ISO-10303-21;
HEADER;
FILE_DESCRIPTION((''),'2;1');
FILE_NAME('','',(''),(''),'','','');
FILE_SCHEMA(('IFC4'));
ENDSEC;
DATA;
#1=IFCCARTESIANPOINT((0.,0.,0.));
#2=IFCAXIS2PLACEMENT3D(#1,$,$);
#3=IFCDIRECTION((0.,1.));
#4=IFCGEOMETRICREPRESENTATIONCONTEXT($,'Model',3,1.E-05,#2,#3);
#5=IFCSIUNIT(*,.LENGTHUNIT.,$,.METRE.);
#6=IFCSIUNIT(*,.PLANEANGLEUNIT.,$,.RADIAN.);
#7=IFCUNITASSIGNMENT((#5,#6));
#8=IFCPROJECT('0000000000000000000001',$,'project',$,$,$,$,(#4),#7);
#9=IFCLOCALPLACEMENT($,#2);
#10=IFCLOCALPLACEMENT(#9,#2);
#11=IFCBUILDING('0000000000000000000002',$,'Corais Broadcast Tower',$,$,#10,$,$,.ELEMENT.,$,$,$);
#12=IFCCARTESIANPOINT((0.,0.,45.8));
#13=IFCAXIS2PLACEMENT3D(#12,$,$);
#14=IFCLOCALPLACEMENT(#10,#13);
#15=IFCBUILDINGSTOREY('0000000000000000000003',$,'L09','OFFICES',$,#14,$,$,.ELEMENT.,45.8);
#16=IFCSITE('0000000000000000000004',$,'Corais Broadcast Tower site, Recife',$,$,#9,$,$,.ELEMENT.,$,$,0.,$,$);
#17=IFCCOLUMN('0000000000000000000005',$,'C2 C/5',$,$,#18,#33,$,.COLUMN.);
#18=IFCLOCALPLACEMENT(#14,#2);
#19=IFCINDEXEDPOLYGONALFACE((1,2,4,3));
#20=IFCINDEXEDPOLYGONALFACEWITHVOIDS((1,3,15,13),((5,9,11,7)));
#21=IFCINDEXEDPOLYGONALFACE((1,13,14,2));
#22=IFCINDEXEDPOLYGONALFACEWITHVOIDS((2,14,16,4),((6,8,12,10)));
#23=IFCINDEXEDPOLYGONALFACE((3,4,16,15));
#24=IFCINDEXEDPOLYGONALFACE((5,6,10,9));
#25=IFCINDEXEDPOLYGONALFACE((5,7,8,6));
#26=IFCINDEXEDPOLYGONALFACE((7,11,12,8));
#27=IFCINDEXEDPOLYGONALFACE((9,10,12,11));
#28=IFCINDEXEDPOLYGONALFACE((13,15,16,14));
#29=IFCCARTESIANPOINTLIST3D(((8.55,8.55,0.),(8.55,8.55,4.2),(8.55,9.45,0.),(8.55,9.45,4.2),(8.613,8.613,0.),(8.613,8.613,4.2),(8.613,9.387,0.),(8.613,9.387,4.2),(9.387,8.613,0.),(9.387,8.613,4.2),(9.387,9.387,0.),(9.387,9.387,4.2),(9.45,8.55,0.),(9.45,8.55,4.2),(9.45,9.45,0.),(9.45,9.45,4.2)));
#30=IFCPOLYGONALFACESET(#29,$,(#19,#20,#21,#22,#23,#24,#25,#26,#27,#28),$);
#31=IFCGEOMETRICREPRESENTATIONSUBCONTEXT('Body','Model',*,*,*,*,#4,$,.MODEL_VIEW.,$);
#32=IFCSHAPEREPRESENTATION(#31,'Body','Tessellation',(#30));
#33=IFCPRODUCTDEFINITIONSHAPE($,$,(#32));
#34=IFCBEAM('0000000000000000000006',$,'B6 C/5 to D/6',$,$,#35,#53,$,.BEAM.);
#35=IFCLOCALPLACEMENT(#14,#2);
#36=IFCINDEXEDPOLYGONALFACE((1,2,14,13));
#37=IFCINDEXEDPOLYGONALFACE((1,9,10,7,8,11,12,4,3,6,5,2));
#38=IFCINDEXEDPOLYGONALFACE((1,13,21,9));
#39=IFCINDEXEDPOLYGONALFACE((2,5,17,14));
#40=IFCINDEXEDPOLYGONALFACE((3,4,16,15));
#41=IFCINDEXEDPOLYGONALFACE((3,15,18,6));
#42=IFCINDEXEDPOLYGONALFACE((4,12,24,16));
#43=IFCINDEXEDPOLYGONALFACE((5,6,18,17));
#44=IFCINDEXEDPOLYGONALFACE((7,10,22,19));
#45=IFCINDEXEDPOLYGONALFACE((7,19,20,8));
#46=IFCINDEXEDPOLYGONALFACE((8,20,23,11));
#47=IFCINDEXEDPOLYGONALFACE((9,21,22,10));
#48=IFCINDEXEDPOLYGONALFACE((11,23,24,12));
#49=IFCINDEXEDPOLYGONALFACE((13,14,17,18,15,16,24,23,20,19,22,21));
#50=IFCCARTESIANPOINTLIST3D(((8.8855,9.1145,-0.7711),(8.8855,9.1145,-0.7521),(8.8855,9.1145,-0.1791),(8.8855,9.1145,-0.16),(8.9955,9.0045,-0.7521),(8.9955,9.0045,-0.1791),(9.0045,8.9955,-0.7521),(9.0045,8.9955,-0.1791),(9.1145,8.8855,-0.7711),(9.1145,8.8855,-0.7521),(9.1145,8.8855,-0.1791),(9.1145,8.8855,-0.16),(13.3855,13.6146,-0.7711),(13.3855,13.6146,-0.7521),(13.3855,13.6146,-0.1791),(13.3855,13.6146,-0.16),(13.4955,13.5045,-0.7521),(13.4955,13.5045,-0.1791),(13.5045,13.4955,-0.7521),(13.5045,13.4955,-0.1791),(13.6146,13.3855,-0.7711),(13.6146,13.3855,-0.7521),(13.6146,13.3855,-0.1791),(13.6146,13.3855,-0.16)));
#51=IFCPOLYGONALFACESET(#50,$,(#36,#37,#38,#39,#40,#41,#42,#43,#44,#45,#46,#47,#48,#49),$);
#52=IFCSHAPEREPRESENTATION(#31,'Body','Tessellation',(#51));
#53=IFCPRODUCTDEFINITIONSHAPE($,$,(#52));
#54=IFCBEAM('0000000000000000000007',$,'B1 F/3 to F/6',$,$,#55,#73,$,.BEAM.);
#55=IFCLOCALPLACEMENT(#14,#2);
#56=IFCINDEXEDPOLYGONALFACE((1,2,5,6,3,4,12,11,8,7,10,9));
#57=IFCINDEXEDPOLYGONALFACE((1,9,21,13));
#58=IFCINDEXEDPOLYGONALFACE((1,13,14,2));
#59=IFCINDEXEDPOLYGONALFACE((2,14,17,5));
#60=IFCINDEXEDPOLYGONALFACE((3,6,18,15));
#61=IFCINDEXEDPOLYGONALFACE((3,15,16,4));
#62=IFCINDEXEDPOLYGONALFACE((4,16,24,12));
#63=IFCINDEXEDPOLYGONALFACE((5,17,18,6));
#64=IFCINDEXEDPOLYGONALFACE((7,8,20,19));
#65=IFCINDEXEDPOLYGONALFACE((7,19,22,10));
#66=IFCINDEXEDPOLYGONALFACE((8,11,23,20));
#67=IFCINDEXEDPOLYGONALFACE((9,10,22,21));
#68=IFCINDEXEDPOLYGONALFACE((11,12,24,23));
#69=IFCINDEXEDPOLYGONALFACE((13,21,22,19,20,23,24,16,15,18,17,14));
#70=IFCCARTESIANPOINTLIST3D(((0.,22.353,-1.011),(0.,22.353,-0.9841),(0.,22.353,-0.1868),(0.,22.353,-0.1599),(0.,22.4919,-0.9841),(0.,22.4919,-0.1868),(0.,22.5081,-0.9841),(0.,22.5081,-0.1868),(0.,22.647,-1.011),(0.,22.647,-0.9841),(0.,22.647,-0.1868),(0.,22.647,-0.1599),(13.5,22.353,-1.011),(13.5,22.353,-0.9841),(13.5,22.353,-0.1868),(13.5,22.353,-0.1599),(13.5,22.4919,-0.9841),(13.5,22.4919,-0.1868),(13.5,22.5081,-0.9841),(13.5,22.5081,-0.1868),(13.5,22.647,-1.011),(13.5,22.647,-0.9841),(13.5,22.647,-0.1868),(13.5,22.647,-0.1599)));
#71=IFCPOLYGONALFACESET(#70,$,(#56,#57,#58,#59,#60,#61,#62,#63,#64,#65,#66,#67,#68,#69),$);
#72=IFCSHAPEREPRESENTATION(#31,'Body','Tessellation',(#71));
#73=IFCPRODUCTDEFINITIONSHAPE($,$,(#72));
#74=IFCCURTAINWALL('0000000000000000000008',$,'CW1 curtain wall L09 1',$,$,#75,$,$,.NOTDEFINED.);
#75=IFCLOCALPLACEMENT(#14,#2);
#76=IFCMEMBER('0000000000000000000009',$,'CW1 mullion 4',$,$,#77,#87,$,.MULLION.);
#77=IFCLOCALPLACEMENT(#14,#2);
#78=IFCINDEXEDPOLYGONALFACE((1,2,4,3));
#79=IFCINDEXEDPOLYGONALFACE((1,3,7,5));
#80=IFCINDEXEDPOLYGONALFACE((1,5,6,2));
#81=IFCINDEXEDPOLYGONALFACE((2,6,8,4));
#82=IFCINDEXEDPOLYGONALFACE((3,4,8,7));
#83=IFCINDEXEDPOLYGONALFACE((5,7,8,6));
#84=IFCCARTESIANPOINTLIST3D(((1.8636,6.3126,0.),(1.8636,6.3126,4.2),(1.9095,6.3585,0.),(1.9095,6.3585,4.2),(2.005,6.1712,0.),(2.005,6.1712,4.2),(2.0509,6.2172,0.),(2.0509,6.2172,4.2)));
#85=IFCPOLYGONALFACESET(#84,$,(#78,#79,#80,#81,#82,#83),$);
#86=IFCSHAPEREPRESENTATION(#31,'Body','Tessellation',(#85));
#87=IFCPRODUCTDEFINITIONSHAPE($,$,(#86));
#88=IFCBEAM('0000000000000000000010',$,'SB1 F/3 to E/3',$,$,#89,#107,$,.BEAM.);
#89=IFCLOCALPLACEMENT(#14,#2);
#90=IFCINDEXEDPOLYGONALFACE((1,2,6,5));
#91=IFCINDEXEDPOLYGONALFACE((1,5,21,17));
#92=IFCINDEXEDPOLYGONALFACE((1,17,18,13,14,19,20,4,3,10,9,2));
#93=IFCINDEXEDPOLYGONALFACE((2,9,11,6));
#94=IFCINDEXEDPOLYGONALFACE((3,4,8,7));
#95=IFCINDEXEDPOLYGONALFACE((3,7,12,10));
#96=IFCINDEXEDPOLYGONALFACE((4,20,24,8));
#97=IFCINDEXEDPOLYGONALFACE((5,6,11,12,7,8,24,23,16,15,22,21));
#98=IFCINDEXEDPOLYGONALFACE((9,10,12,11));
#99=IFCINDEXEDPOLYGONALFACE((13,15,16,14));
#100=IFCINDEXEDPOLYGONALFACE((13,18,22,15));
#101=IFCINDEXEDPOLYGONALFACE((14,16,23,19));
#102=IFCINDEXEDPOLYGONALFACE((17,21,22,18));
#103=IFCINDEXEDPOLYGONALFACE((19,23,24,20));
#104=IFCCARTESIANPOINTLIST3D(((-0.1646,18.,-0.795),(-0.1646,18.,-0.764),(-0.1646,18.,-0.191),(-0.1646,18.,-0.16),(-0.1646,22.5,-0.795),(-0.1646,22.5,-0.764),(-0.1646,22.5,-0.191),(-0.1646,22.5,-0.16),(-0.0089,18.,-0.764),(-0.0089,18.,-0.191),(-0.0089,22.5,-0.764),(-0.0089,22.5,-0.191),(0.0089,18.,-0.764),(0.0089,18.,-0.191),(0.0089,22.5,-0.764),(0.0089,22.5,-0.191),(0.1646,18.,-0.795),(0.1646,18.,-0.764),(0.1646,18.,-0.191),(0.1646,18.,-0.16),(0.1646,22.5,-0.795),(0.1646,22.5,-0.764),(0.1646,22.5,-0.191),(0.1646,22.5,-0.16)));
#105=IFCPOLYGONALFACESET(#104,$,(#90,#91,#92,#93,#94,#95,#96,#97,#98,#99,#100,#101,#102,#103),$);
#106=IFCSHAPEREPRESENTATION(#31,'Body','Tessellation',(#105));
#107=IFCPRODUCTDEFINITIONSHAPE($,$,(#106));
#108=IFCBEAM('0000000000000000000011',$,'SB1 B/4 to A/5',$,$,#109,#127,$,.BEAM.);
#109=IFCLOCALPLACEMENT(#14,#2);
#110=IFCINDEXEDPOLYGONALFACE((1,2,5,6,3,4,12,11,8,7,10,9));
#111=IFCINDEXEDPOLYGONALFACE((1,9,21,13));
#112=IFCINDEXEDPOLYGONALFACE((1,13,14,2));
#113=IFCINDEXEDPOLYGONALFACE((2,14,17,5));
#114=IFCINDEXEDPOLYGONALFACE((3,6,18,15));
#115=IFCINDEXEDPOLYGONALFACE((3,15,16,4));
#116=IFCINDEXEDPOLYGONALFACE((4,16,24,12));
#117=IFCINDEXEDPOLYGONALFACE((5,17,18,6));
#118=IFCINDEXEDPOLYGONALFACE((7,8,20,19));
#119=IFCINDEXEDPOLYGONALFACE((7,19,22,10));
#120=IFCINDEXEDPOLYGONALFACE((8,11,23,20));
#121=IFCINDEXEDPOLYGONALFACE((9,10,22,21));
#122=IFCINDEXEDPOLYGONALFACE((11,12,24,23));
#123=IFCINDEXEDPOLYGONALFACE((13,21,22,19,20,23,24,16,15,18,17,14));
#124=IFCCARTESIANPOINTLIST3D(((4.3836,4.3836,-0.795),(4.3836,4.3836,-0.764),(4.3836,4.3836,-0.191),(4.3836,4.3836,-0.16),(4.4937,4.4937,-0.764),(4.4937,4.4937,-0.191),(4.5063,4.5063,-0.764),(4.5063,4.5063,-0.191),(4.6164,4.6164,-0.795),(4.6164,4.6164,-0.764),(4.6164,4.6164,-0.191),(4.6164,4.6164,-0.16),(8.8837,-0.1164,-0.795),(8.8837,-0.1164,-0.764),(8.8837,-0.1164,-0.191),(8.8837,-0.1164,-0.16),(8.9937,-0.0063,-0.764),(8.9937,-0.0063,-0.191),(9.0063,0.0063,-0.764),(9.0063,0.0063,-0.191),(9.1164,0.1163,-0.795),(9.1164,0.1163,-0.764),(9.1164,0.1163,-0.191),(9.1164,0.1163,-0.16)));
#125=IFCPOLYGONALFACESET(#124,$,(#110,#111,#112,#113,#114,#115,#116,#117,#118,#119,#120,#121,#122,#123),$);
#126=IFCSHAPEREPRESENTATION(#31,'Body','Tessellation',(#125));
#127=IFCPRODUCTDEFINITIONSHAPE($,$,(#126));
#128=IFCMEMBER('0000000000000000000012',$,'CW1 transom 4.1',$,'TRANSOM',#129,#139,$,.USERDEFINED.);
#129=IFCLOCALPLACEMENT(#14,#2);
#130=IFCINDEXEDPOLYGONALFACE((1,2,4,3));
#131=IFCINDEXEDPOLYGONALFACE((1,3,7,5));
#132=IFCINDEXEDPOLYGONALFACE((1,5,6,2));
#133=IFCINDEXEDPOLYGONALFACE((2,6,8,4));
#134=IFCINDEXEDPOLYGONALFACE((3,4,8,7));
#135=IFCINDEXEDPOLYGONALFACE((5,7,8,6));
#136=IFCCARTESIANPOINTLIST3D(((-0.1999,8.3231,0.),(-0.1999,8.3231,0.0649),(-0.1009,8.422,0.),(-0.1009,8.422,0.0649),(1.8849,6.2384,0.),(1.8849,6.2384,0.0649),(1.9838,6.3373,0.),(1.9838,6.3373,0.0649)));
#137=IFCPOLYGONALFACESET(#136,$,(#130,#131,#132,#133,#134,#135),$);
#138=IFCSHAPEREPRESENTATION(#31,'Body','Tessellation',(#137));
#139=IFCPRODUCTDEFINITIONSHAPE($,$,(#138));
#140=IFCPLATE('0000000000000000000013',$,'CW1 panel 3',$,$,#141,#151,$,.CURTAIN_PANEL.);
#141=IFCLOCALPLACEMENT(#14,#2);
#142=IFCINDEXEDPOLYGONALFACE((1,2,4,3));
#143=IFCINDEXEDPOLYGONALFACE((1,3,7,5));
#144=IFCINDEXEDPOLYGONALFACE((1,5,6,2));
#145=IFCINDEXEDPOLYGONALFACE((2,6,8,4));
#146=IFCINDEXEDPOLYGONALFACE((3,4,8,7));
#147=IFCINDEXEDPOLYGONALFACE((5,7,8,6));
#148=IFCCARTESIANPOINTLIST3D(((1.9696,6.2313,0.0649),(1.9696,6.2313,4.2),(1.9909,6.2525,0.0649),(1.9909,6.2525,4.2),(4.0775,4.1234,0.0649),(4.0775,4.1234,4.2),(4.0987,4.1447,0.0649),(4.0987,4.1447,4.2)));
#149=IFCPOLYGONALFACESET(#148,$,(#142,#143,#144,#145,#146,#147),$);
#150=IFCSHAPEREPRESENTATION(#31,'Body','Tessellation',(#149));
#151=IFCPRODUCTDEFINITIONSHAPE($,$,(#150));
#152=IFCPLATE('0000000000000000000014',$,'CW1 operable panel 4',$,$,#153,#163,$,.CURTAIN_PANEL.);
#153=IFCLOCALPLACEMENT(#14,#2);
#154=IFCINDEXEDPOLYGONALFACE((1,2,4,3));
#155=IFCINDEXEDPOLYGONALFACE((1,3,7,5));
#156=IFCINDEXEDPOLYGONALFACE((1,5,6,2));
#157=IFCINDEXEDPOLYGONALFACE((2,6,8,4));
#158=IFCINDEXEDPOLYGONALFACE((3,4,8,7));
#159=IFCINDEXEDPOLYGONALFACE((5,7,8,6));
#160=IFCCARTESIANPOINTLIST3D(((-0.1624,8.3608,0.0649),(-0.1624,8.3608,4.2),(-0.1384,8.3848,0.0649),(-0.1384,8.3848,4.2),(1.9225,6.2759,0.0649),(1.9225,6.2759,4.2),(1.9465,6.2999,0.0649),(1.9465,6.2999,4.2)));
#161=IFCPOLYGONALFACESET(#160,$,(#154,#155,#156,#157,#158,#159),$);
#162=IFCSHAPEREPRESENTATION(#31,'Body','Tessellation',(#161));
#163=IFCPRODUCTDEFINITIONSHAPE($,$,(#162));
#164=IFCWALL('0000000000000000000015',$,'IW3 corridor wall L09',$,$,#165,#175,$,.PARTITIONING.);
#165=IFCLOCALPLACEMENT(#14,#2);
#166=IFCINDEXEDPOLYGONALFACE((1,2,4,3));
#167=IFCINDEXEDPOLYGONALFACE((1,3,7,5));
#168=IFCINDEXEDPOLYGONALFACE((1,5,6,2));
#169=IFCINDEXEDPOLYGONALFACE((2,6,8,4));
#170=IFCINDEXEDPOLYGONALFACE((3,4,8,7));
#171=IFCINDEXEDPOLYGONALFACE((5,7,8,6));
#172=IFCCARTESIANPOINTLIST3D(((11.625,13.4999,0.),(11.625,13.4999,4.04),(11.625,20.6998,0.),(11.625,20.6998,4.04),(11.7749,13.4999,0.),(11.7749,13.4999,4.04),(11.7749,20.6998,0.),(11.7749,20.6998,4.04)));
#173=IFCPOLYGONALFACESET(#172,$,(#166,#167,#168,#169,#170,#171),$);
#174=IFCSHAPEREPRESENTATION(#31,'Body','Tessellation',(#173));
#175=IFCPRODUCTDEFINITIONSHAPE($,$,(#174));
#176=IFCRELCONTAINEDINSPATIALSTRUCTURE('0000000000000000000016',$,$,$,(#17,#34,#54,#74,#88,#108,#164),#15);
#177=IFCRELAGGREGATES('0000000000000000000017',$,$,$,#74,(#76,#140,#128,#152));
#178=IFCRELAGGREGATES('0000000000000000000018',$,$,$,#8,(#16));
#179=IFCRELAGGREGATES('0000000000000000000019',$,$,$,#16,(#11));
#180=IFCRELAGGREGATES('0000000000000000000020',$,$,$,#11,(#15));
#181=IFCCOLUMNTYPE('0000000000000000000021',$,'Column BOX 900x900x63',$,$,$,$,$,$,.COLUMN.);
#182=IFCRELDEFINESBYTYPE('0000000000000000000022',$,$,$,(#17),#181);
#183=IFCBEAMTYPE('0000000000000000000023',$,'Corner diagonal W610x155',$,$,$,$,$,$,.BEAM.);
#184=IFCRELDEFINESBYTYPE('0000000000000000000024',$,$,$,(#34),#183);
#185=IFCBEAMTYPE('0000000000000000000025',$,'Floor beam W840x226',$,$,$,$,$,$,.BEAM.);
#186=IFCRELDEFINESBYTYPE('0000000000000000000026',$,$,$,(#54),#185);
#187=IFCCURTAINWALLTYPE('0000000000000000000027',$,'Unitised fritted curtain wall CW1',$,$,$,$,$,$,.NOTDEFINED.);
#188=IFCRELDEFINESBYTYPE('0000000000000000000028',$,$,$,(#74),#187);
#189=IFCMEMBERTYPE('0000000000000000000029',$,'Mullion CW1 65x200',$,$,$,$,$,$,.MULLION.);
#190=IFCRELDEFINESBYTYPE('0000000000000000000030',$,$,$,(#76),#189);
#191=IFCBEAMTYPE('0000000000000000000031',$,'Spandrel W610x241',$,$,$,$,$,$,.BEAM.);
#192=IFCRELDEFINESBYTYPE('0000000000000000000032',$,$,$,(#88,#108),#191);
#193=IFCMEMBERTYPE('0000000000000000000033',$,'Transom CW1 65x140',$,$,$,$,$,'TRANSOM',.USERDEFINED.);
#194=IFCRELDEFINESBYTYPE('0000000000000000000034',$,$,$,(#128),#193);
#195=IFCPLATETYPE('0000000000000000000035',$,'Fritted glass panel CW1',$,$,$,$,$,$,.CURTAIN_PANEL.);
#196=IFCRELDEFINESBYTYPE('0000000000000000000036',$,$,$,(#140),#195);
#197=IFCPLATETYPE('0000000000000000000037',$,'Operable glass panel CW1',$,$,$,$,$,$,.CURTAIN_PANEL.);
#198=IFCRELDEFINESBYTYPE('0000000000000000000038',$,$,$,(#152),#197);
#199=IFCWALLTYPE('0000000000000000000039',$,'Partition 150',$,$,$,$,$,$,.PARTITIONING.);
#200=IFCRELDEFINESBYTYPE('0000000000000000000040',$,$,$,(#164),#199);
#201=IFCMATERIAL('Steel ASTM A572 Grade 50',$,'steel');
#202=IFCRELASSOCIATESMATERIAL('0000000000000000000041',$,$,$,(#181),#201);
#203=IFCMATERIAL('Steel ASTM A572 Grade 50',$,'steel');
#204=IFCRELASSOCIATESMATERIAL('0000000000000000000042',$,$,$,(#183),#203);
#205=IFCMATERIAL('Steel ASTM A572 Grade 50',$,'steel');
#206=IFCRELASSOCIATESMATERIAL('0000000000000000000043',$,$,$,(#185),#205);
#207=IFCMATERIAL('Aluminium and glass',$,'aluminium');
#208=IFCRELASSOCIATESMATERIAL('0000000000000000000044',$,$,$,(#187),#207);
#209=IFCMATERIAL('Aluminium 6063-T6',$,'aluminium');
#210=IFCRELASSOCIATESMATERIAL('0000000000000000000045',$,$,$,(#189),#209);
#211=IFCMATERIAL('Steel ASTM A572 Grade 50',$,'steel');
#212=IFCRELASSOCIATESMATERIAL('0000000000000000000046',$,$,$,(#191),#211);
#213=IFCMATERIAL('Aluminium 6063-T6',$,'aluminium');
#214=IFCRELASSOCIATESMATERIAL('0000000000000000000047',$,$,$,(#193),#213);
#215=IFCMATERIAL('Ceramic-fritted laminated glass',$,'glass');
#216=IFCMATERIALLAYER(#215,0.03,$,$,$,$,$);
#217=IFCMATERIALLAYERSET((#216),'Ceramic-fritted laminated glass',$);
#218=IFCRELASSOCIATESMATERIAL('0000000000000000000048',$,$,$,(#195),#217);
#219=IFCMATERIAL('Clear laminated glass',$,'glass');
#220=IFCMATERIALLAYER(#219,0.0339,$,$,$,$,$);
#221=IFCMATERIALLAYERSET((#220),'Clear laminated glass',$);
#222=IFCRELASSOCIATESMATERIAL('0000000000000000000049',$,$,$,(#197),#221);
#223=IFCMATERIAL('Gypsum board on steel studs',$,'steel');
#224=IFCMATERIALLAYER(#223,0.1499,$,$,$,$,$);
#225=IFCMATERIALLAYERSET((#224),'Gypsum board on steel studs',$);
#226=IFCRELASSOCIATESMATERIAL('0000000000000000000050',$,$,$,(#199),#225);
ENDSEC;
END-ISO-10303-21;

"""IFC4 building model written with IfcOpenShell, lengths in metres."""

from ifc_helpers import new_model, si_unit, direction, frame, frame_2d, origin, origin_2d, place, context, subcontext, project, spatial, rectangle, hollow_rectangle, i_section, extrude, material, layer, layer_set, material_profile, profile_set, type_object, element, aggregate, save


model = new_model("IFC4")

# Units and contexts
model_context = context("Model", 3, precision=1e-05, world=origin(), true_north=direction((0.0, 1.0)))
body_context = subcontext(model_context, "Body", "Model", "MODEL_VIEW")
ifc_project = project(units=[si_unit("LENGTHUNIT", "METRE"), si_unit("PLANEANGLEUNIT", "RADIAN")], contexts=[model_context])

# Site, building, storey
site_placement = place(None, origin())
site = spatial("IfcSite", under=ifc_project, at=site_placement, Name="Corais Broadcast Tower site, Recife", CompositionType="ELEMENT", RefElevation=0.0)
building_placement = place(site_placement, origin())
building = spatial("IfcBuilding", under=site, at=building_placement, Name="Corais Broadcast Tower", CompositionType="ELEMENT")
storey_placement = place(building_placement, frame((0.0, 0.0, 45.8)))
storey = spatial("IfcBuildingStorey", under=building, at=storey_placement, Name="L09", Description="OFFICES", CompositionType="ELEMENT", Elevation=45.8)

# Column
ifc_material_1 = material(Name="Steel ASTM A572 Grade 50", Category="steel")
ifc_material_profile_1 = material_profile(ifc_material_1, hollow_rectangle(XDim=0.8999, YDim=0.8999, WallThickness=0.063, at=origin_2d()), Name="BOX 900x900x63")
ifc_profile_set_1 = profile_set([ifc_material_profile_1], Name="Steel ASTM A572 Grade 50")
column_type = type_object("IfcColumnType", Name="Column BOX 900x900x63", PredefinedType="COLUMN", material=ifc_profile_set_1)
column_placement = place(storey_placement, frame((9.0, 9.0, 0.0), z_axis=(0.0, 0.0, 1.0), x_axis=(1.0, 0.0, 0.0)))
element("IfcColumn", 1, at=column_placement, inside=storey, type_object=column_type, Name="C2 C/5", PredefinedType="COLUMN", context=body_context, shape_type="SweptSolid", body=[
    extrude(hollow_rectangle(XDim=0.8999, YDim=0.8999, WallThickness=0.063, at=origin_2d()), origin(), (0.0, 0.0, 1.0), 4.2),
])

# Beams
ifc_material_2 = material(Name="Steel ASTM A572 Grade 50", Category="steel")
ifc_material_profile_2 = material_profile(ifc_material_2, i_section(OverallWidth=0.324, OverallDepth=0.6111, WebThickness=0.0127, FlangeThickness=0.019, at=origin_2d()), Name="W610x155")
ifc_profile_set_2 = profile_set([ifc_material_profile_2], Name="Steel ASTM A572 Grade 50")
beam_type_1 = type_object("IfcBeamType", Name="Corner diagonal W610x155", PredefinedType="BEAM", material=ifc_profile_set_2)
beam_1_placement = place(storey_placement, frame((9.0, 9.0, -0.4656), z_axis=(0.707107, 0.707107, 0.0), x_axis=(-0.707107, 0.707107, 0.0)))
element("IfcBeam", 2, at=beam_1_placement, inside=storey, type_object=beam_type_1, Name="B6 C/5 to D/6", PredefinedType="BEAM", context=body_context, shape_type="SweptSolid", body=[
    extrude(i_section(OverallWidth=0.324, OverallDepth=0.6111, WebThickness=0.0127, FlangeThickness=0.019, at=origin_2d()), origin(), (0.0, 0.0, 1.0), 6.364),
])
ifc_material_3 = material(Name="Steel ASTM A572 Grade 50", Category="steel")
ifc_material_profile_3 = material_profile(ifc_material_3, i_section(OverallWidth=0.2939, OverallDepth=0.8511, WebThickness=0.0161, FlangeThickness=0.0269, at=origin_2d()), Name="W840x226")
ifc_profile_set_3 = profile_set([ifc_material_profile_3], Name="Steel ASTM A572 Grade 50")
beam_type_2 = type_object("IfcBeamType", Name="Floor beam W840x226", PredefinedType="BEAM", material=ifc_profile_set_3)
beam_2_placement = place(storey_placement, frame((0.0, 22.5, -0.5854), z_axis=(1.0, 0.0, 0.0), x_axis=(0.0, 1.0, 0.0)))
element("IfcBeam", 3, at=beam_2_placement, inside=storey, type_object=beam_type_2, Name="B1 F/3 to F/6", PredefinedType="BEAM", context=body_context, shape_type="SweptSolid", body=[
    extrude(i_section(OverallWidth=0.2939, OverallDepth=0.8511, WebThickness=0.0161, FlangeThickness=0.0269, at=origin_2d()), origin(), (0.0, 0.0, 1.0), 13.5),
])

# Curtain wall, member
ifc_material_4 = material(Name="Aluminium and glass", Category="aluminium")
curtain_wall_type = type_object("IfcCurtainWallType", Name="Unitised fritted curtain wall CW1", PredefinedType="NOTDEFINED", material=ifc_material_4)
curtain_wall_placement = place(storey_placement, origin())
curtain_wall = element("IfcCurtainWall", 4, at=curtain_wall_placement, inside=storey, type_object=curtain_wall_type, Name="CW1 curtain wall L09 1", PredefinedType="NOTDEFINED")
ifc_material_5 = material(Name="Aluminium 6063-T6", Category="aluminium")
ifc_material_profile_4 = material_profile(ifc_material_5, rectangle(XDim=0.0649, YDim=0.2, at=origin_2d()), Name="Mullion CW1 65x200")
ifc_profile_set_4 = profile_set([ifc_material_profile_4], Name="Aluminium 6063-T6")
member_type_1 = type_object("IfcMemberType", Name="Mullion CW1 65x200", PredefinedType="MULLION", material=ifc_profile_set_4)
member_1_placement = place(storey_placement, frame((1.9573, 6.2649, 0.0), z_axis=(0.0, 0.0, 1.0), x_axis=(-0.707107, -0.707107, 0.0)))
member_1 = element("IfcMember", 5, at=member_1_placement, type_object=member_type_1, Name="CW1 mullion 4", PredefinedType="MULLION", context=body_context, shape_type="SweptSolid", body=[
    extrude(rectangle(XDim=0.0649, YDim=0.2, at=origin_2d()), origin(), (0.0, 0.0, 1.0), 4.2),
])

# Beams
ifc_material_6 = material(Name="Steel ASTM A572 Grade 50", Category="steel")
ifc_material_profile_5 = material_profile(ifc_material_6, i_section(OverallWidth=0.3291, OverallDepth=0.635, WebThickness=0.0178, FlangeThickness=0.031, at=origin_2d()), Name="W610x241")
ifc_profile_set_5 = profile_set([ifc_material_profile_5], Name="Steel ASTM A572 Grade 50")
beam_type_3 = type_object("IfcBeamType", Name="Spandrel W610x241", PredefinedType="BEAM", material=ifc_profile_set_5)
beam_3_placement = place(storey_placement, frame((0.0, 22.5, -0.4775), z_axis=(0.0, -1.0, 0.0), x_axis=(1.0, 0.0, 0.0)))
element("IfcBeam", 6, at=beam_3_placement, inside=storey, type_object=beam_type_3, Name="SB1 F/3 to E/3", PredefinedType="BEAM", context=body_context, shape_type="SweptSolid", body=[
    extrude(i_section(OverallWidth=0.3291, OverallDepth=0.635, WebThickness=0.0178, FlangeThickness=0.031, at=origin_2d()), origin(), (0.0, 0.0, 1.0), 4.5),
])
beam_4_placement = place(storey_placement, frame((4.5, 4.5, -0.4775), z_axis=(0.707107, -0.707107, 0.0), x_axis=(0.707107, 0.707107, 0.0)))
element("IfcBeam", 7, at=beam_4_placement, inside=storey, type_object=beam_type_3, Name="SB1 B/4 to A/5", PredefinedType="BEAM", context=body_context, shape_type="SweptSolid", body=[
    extrude(i_section(OverallWidth=0.3291, OverallDepth=0.635, WebThickness=0.0178, FlangeThickness=0.031, at=origin_2d()), origin(), (0.0, 0.0, 1.0), 6.364),
])

# Member
ifc_material_7 = material(Name="Aluminium 6063-T6", Category="aluminium")
ifc_material_profile_6 = material_profile(ifc_material_7, rectangle(XDim=0.1399, YDim=0.0649, at=origin_2d()), Name="Transom CW1 65x140")
ifc_profile_set_6 = profile_set([ifc_material_profile_6], Name="Aluminium 6063-T6")
member_type_2 = type_object("IfcMemberType", Name="Transom CW1 65x140", ElementType="TRANSOM", PredefinedType="USERDEFINED", material=ifc_profile_set_6)
member_2_placement = place(storey_placement, frame((1.9343, 6.2878, 0.0325), z_axis=(-0.707107, 0.707107, 0.0), x_axis=(-0.707107, -0.707107, 0.0)))
member_2 = element("IfcMember", 8, at=member_2_placement, type_object=member_type_2, Name="CW1 transom 4.1", ObjectType="TRANSOM", PredefinedType="USERDEFINED", context=body_context, shape_type="SweptSolid", body=[
    extrude(rectangle(XDim=0.1399, YDim=0.0649, at=origin_2d()), origin(), (0.0, 0.0, 1.0), 2.9482),
])

# Plates
ifc_material_8 = material(Name="Ceramic-fritted laminated glass", Category="glass")
ifc_layer_1 = layer(ifc_material_8, 0.03)
ifc_layer_set_1 = layer_set([ifc_layer_1], Name="Ceramic-fritted laminated glass")
plate_type_1 = type_object("IfcPlateType", Name="Fritted glass panel CW1", PredefinedType="CURTAIN_PANEL", material=ifc_layer_set_1)
plate_1_placement = place(storey_placement, frame((3.0342, 5.188, 0.0649), z_axis=(0.0, 0.0, 1.0), x_axis=(-0.707107, 0.707107, 0.0)))
plate_1 = element("IfcPlate", 9, at=plate_1_placement, type_object=plate_type_1, Name="CW1 panel 3", PredefinedType="CURTAIN_PANEL", context=body_context, shape_type="SweptSolid", body=[
    extrude(rectangle(XDim=2.981, YDim=0.03, at=origin_2d()), origin(), (0.0, 0.0, 1.0), 4.135),
])
ifc_material_9 = material(Name="Clear laminated glass", Category="glass")
ifc_layer_2 = layer(ifc_material_9, 0.0339)
ifc_layer_set_2 = layer_set([ifc_layer_2], Name="Clear laminated glass")
plate_type_2 = type_object("IfcPlateType", Name="Operable glass panel CW1", PredefinedType="CURTAIN_PANEL", material=ifc_layer_set_2)
plate_2_placement = place(storey_placement, frame((0.8921, 7.3303, 0.0649), z_axis=(0.0, 0.0, 1.0), x_axis=(-0.707107, 0.707107, 0.0)))
plate_2 = element("IfcPlate", 10, at=plate_2_placement, type_object=plate_type_2, Name="CW1 operable panel 4", PredefinedType="CURTAIN_PANEL", context=body_context, shape_type="SweptSolid", body=[
    extrude(rectangle(XDim=2.9485, YDim=0.0339, at=origin_2d()), origin(), (0.0, 0.0, 1.0), 4.135),
])
aggregate(curtain_wall, [member_1, plate_1, member_2, plate_2])

# Wall
ifc_material_10 = material(Name="Gypsum board on steel studs", Category="steel")
ifc_layer_3 = layer(ifc_material_10, 0.1499)
ifc_layer_set_3 = layer_set([ifc_layer_3], Name="Gypsum board on steel studs")
wall_type = type_object("IfcWallType", Name="Partition 150", PredefinedType="PARTITIONING", material=ifc_layer_set_3)
wall_1_placement = place(storey_placement, frame((11.7, 20.7, 0.0), z_axis=(0.0, 0.0, 1.0), x_axis=(0.0, -1.0, 0.0)))
element("IfcWall", 11, at=wall_1_placement, inside=storey, type_object=wall_type, Name="IW3 corridor wall L09", PredefinedType="PARTITIONING", context=body_context, shape_type="SweptSolid", body=[
    extrude(rectangle(XDim=7.2, YDim=0.1499, at=frame_2d((3.6001, 0.0))), origin(), (0.0, 0.0, 1.0), 4.04),
])

save(model, "model.ifc")
